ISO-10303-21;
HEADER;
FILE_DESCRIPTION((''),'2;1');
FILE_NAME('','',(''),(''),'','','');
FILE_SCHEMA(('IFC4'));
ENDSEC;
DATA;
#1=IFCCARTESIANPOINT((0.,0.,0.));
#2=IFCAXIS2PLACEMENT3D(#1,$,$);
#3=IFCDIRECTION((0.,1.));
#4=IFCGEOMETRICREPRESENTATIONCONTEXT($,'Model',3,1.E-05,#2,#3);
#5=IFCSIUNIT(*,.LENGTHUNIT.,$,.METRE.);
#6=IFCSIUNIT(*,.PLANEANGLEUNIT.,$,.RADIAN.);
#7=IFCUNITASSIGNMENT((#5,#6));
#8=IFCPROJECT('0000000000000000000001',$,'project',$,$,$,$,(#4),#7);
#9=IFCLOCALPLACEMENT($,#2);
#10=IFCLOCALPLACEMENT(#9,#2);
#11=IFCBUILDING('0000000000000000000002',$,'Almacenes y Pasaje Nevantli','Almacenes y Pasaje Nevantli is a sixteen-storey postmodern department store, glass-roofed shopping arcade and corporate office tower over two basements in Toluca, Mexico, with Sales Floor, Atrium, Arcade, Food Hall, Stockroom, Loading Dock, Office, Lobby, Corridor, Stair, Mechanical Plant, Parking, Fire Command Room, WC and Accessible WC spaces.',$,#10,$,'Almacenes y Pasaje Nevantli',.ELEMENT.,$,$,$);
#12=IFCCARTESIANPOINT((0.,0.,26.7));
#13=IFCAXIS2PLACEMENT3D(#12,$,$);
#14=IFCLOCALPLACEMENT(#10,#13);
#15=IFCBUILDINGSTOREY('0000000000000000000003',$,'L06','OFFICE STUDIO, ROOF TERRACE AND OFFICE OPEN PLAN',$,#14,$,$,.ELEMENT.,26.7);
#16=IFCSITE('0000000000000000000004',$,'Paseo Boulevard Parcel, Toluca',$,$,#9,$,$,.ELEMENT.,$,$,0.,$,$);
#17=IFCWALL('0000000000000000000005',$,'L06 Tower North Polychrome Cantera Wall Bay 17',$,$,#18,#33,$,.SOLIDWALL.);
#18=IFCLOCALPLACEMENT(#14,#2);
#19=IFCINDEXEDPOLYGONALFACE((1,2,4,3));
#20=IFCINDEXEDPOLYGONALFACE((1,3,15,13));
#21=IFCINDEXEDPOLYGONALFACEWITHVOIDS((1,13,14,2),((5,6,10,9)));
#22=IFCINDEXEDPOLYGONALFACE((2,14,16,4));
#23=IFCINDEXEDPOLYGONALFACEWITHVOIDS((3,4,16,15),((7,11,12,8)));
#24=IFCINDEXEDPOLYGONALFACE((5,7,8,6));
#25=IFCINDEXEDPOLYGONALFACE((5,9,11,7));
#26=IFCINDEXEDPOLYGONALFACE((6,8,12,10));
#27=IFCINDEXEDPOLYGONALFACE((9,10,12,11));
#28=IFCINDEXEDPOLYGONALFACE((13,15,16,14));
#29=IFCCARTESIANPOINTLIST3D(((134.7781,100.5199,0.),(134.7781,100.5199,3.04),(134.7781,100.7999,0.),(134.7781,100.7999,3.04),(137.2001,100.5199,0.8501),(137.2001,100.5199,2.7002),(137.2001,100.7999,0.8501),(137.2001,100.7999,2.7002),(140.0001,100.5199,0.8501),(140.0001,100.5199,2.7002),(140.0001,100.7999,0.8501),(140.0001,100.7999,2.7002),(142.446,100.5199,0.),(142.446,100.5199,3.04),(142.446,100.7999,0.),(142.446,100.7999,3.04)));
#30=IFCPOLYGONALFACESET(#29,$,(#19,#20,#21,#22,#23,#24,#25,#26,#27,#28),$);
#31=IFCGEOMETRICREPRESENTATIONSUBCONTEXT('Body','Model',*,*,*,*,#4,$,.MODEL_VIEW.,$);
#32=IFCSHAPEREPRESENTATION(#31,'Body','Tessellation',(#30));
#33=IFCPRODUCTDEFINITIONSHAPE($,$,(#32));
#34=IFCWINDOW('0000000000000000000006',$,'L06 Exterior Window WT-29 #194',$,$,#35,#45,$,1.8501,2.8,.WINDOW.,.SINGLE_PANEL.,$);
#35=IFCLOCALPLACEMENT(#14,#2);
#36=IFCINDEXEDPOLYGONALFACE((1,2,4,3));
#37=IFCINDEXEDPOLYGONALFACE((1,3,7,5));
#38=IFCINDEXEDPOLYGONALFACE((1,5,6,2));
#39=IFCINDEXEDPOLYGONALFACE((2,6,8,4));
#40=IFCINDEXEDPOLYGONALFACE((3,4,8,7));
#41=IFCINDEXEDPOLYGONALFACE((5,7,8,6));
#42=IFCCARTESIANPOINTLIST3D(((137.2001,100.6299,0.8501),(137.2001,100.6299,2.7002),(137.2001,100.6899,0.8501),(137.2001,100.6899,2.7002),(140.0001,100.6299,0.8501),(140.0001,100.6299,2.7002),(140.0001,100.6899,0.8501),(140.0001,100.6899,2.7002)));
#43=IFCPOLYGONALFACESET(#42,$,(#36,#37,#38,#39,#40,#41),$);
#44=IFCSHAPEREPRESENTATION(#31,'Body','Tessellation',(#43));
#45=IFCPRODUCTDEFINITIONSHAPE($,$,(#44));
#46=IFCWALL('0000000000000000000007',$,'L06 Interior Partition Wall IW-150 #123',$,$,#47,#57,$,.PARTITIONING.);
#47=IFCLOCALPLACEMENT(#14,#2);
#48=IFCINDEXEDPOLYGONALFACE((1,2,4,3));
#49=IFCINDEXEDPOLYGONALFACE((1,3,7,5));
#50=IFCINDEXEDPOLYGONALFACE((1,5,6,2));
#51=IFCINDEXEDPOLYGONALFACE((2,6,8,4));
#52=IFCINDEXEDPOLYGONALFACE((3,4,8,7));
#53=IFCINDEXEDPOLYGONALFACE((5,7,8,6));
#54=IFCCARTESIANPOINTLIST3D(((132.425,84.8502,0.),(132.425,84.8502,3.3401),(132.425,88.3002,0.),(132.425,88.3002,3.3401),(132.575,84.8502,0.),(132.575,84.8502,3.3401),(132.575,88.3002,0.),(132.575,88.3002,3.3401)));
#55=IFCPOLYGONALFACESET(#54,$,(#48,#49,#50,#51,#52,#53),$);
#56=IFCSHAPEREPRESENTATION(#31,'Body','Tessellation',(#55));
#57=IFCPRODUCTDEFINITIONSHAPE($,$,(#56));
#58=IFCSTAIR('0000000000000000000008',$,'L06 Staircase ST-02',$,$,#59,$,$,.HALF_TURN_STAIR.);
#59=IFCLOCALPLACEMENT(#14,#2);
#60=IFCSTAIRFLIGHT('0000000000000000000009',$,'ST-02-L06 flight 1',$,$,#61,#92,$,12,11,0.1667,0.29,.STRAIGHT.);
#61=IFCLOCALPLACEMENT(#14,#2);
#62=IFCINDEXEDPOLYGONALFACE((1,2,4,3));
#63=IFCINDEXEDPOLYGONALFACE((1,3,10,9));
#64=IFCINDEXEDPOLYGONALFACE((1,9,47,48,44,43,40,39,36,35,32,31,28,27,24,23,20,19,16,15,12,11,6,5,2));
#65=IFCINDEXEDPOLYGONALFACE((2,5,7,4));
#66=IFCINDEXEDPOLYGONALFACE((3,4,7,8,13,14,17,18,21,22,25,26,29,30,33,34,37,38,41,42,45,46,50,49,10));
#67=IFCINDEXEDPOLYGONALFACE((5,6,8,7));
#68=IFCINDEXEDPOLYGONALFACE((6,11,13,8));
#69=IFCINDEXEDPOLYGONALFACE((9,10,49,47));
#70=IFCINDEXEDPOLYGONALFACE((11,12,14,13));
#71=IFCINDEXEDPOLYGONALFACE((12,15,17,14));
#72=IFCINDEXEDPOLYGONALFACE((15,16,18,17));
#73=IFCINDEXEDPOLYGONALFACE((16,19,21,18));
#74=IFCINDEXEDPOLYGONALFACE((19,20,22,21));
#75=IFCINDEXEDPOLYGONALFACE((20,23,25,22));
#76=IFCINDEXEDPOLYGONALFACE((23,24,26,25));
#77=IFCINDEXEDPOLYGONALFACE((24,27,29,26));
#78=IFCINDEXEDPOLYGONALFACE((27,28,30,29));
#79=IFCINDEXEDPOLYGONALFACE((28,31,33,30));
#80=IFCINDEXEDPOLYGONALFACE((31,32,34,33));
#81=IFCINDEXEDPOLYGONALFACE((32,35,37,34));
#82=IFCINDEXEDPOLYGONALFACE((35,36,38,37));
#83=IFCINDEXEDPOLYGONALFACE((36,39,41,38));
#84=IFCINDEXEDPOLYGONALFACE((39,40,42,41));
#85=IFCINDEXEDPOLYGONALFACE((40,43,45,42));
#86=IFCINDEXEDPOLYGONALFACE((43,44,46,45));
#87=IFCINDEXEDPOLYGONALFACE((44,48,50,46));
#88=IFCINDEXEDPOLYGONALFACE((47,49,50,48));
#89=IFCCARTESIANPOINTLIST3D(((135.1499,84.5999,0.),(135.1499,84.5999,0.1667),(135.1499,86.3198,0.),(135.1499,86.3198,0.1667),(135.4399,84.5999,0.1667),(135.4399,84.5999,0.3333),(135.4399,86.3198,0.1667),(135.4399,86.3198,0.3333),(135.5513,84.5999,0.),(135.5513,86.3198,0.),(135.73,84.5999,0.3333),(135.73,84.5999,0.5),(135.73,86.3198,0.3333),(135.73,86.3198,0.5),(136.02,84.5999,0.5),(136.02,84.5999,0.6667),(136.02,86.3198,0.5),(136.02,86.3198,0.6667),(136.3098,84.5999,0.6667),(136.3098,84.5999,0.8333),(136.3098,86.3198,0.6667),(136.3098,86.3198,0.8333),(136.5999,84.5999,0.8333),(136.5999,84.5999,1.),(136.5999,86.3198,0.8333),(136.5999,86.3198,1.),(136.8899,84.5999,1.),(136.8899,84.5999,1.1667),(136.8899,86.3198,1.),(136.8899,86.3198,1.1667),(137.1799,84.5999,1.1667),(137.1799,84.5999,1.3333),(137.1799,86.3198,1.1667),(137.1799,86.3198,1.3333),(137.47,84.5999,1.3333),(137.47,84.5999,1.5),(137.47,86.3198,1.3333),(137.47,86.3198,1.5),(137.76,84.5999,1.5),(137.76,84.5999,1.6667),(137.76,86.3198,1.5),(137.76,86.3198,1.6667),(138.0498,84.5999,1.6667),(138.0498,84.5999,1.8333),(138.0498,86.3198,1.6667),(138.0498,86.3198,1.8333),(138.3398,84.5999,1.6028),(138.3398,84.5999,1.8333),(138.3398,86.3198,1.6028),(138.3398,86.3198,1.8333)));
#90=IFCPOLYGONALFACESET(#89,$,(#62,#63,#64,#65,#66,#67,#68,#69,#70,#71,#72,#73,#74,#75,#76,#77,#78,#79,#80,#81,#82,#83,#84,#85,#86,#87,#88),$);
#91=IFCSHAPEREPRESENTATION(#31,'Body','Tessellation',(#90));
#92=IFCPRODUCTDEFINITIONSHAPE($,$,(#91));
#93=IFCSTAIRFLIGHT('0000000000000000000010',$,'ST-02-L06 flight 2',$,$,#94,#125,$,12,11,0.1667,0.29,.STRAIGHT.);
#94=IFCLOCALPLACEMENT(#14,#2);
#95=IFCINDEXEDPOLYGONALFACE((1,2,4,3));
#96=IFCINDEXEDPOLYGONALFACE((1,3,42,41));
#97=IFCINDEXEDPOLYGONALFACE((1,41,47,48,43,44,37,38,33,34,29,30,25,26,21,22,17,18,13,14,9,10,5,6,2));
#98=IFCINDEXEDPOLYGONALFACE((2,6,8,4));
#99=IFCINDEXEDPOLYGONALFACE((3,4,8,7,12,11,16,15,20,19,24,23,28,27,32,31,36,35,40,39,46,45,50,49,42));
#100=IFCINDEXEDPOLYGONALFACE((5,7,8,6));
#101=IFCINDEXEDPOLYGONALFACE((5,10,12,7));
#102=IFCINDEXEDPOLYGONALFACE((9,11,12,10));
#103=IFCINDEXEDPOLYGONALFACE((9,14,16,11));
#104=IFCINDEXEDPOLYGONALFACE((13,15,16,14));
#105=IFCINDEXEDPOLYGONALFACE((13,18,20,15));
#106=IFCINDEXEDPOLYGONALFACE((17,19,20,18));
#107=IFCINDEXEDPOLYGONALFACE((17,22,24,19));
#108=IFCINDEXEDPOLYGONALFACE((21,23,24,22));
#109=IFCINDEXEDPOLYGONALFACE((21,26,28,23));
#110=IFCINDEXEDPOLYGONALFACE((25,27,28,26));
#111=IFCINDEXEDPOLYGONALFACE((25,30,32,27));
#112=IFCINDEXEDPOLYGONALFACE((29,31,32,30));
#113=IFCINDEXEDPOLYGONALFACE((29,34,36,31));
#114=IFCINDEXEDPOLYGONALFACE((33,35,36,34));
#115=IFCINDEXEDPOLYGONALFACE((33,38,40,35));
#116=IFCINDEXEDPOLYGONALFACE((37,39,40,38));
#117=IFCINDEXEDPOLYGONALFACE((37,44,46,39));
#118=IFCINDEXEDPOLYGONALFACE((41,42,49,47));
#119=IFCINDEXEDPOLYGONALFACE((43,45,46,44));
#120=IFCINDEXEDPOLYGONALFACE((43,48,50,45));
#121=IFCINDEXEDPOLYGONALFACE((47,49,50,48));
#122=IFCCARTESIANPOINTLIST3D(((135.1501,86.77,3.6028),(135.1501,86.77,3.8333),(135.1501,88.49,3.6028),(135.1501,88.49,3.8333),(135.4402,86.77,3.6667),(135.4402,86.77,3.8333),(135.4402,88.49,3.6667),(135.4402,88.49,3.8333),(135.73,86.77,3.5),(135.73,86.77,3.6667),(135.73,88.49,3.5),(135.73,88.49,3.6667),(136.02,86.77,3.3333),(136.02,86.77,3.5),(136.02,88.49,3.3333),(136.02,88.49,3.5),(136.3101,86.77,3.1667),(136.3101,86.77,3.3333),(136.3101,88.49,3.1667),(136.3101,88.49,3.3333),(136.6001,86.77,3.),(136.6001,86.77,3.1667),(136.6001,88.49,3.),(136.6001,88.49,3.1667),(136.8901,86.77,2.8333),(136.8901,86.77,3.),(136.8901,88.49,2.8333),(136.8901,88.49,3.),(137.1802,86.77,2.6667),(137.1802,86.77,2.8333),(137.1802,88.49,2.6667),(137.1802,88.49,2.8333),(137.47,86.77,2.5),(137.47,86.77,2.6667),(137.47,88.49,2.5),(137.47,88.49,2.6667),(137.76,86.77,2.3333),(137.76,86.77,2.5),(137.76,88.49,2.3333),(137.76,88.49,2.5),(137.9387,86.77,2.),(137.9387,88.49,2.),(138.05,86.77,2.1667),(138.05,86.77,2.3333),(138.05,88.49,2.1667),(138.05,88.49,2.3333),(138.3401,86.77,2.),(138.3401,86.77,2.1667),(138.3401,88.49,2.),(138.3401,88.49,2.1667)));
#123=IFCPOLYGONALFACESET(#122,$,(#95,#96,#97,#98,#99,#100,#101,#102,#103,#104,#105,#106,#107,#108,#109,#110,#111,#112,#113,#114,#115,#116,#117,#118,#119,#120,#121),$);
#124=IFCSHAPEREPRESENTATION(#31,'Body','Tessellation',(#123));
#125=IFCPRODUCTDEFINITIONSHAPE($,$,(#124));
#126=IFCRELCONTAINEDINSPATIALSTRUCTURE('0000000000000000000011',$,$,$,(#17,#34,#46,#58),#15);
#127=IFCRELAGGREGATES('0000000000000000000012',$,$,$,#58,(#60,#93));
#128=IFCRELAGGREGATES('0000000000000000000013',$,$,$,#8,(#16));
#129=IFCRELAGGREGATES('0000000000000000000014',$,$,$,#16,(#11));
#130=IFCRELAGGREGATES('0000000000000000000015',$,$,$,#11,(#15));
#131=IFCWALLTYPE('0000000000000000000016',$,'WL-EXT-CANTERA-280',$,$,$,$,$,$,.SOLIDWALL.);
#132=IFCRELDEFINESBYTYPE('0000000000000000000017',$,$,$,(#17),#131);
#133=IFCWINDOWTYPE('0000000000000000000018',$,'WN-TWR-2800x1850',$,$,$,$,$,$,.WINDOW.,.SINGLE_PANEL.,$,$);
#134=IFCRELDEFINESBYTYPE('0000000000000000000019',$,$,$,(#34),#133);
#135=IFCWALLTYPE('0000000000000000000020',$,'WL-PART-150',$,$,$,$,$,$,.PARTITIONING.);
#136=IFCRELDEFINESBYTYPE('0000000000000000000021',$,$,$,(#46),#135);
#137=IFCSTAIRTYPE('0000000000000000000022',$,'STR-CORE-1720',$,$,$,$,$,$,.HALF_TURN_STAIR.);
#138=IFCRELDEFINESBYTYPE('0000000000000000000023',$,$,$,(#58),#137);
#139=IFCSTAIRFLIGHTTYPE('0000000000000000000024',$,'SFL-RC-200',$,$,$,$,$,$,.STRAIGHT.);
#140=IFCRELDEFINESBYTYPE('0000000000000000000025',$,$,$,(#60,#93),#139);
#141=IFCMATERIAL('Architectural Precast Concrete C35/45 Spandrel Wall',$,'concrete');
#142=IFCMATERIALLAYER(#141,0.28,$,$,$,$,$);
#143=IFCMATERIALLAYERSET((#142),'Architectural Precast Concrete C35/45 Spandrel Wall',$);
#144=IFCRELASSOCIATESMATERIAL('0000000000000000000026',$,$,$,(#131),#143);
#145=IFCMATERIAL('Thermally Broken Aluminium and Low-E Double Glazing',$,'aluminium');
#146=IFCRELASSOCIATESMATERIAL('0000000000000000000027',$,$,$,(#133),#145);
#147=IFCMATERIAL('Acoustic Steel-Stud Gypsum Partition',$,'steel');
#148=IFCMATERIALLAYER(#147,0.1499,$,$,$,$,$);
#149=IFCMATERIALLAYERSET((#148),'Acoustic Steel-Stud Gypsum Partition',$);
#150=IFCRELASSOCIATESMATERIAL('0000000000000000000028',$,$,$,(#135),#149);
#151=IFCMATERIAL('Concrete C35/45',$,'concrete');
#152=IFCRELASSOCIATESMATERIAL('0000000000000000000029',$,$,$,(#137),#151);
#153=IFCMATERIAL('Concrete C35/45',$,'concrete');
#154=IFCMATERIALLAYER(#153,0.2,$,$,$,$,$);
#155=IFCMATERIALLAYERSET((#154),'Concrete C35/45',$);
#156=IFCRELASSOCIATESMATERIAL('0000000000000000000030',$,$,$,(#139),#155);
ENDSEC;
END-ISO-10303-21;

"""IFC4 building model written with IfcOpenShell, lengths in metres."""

from ifc_helpers import new_model, si_unit, direction, frame, frame_2d, origin, place, context, subcontext, project, spatial, polyline, rectangle, outline, extrude, material, layer, layer_set, type_object, element, fill, aggregate, save


model = new_model("IFC4")

# Units and contexts
model_context = context("Model", 3, precision=1e-05, world=origin(), true_north=direction((0.0, 1.0)))
body_context = subcontext(model_context, "Body", "Model", "MODEL_VIEW")
ifc_project = project(units=[si_unit("LENGTHUNIT", "METRE"), si_unit("PLANEANGLEUNIT", "RADIAN")], contexts=[model_context])

# Site, building, storey
site_placement = place(None, origin())
site = spatial("IfcSite", under=ifc_project, at=site_placement, Name="Paseo Boulevard Parcel, Toluca", CompositionType="ELEMENT", RefElevation=0.0)
building_placement = place(site_placement, origin())
building = spatial("IfcBuilding", under=site, at=building_placement, Name="Almacenes y Pasaje Nevantli", Description="Almacenes y Pasaje Nevantli is a sixteen-storey postmodern department store, glass-roofed shopping arcade and corporate office tower over two basements in Toluca, Mexico, with Sales Floor, Atrium, Arcade, Food Hall, Stockroom, Loading Dock, Office, Lobby, Corridor, Stair, Mechanical Plant, Parking, Fire Command Room, WC and Accessible WC spaces.", LongName="Almacenes y Pasaje Nevantli", CompositionType="ELEMENT")
storey_placement = place(building_placement, frame((0.0, 0.0, 26.7)))
storey = spatial("IfcBuildingStorey", under=building, at=storey_placement, Name="L06", Description="OFFICE STUDIO, ROOF TERRACE AND OFFICE OPEN PLAN", CompositionType="ELEMENT", Elevation=26.7)

# Wall, opening, window
ifc_material_1 = material(Name="Architectural Precast Concrete C35/45 Spandrel Wall", Category="concrete")
ifc_layer_1 = layer(ifc_material_1, 0.28)
ifc_layer_set_1 = layer_set([ifc_layer_1], Name="Architectural Precast Concrete C35/45 Spandrel Wall")
wall_type_1 = type_object("IfcWallType", Name="WL-EXT-CANTERA-280", PredefinedType="SOLIDWALL", material=ifc_layer_set_1)
wall_1_placement = place(storey_placement, frame((134.7781, 100.6599, 0.0), z_axis=(0.0, 0.0, 1.0), x_axis=(1.0, 0.0, 0.0)))
wall_1 = element("IfcWall", 1, at=wall_1_placement, inside=storey, type_object=wall_type_1, Name="L06 Tower North Polychrome Cantera Wall Bay 17", PredefinedType="SOLIDWALL", context=body_context, shape_type="SweptSolid", body=[
    extrude(rectangle(XDim=7.668, YDim=0.28, at=frame_2d((3.834, 0.0))), origin(), (0.0, 0.0, 1.0), 3.04),
])
opening_1_placement = place(wall_1_placement, frame((2.4221, 0.0, 0.8501)))
opening_1 = element("IfcOpeningElement", 2, at=opening_1_placement, cuts=wall_1, PredefinedType="OPENING", context=body_context, shape_type="SweptSolid", body=[
    extrude(rectangle(XDim=2.8, YDim=1.8501, at=frame_2d((1.3999, 0.925))), frame((0.0, 0.1499, 0.0), z_axis=(0.0, -1.0, 0.0), x_axis=(1.0, 0.0, 0.0)), (0.0, 0.0, 1.0), 0.3),
])
ifc_material_2 = material(Name="Thermally Broken Aluminium and Low-E Double Glazing", Category="aluminium")
window_type = type_object("IfcWindowType", Name="WN-TWR-2800x1850", PartitioningType="SINGLE_PANEL", PredefinedType="WINDOW", material=ifc_material_2)
window_placement = place(opening_1_placement, origin())
window = element("IfcWindow", 3, at=window_placement, inside=storey, type_object=window_type, Name="L06 Exterior Window WT-29 #194", OverallHeight=1.8501, OverallWidth=2.8, PartitioningType="SINGLE_PANEL", PredefinedType="WINDOW", context=body_context, shape_type="SweptSolid", body=[
    extrude(rectangle(XDim=2.8, YDim=1.8501, at=frame_2d((1.3999, 0.925))), frame((0.0, 0.03, 0.0), z_axis=(0.0, -1.0, 0.0), x_axis=(1.0, 0.0, 0.0)), (0.0, 0.0, 1.0), 0.0601),
])
fill(opening_1, window)

# Wall
ifc_material_3 = material(Name="Acoustic Steel-Stud Gypsum Partition", Category="steel")
ifc_layer_2 = layer(ifc_material_3, 0.1499)
ifc_layer_set_2 = layer_set([ifc_layer_2], Name="Acoustic Steel-Stud Gypsum Partition")
wall_type_2 = type_object("IfcWallType", Name="WL-PART-150", PredefinedType="PARTITIONING", material=ifc_layer_set_2)
wall_2_placement = place(storey_placement, frame((132.5, 84.8501, 0.0), z_axis=(0.0, 0.0, 1.0), x_axis=(0.0, 1.0, 0.0)))
element("IfcWall", 4, at=wall_2_placement, inside=storey, type_object=wall_type_2, Name="L06 Interior Partition Wall IW-150 #123", PredefinedType="PARTITIONING", context=body_context, shape_type="SweptSolid", body=[
    extrude(rectangle(XDim=3.45, YDim=0.1499, at=frame_2d((1.7251, 0.0))), origin(), (0.0, 0.0, 1.0), 3.3401),
])

# Stair, stair flights
ifc_material_4 = material(Name="Concrete C35/45", Category="concrete")
stair_type = type_object("IfcStairType", Name="STR-CORE-1720", PredefinedType="HALF_TURN_STAIR", material=ifc_material_4)
stair_placement = place(storey_placement, origin())
stair = element("IfcStair", 5, at=stair_placement, inside=storey, type_object=stair_type, Name="L06 Staircase ST-02", PredefinedType="HALF_TURN_STAIR")
ifc_material_5 = material(Name="Concrete C35/45", Category="concrete")
ifc_layer_3 = layer(ifc_material_5, 0.2)
ifc_layer_set_3 = layer_set([ifc_layer_3], Name="Concrete C35/45")
stair_flight_type = type_object("IfcStairFlightType", Name="SFL-RC-200", PredefinedType="STRAIGHT", material=ifc_layer_set_3)
stair_flight_1_placement = place(storey_placement, frame((135.1499, 85.46, 0.0), z_axis=(0.0, 0.0, 1.0), x_axis=(1.0, 0.0, 0.0)))
stair_flight_1 = element("IfcStairFlight", 6, at=stair_flight_1_placement, type_object=stair_flight_type, Name="ST-02-L06 flight 1", NumberOfRisers=12, NumberOfTreads=11, PredefinedType="STRAIGHT", RiserHeight=0.1667, TreadLength=0.29, context=body_context, shape_type="SweptSolid", body=[
    extrude(outline(polyline([(0.0, 0.0), (0.0, 0.1667), (0.29, 0.1667), (0.29, 0.3333), (0.5801, 0.3333), (0.5801, 0.5), (0.8701, 0.5), (0.8701, 0.6667), (1.1599, 0.6667), (1.1599, 0.8333), (1.45, 0.8333), (1.45, 1.0), (1.74, 1.0), (1.74, 1.1667), (2.03, 1.1667), (2.03, 1.3333), (2.3201, 1.3333), (2.3201, 1.5), (2.6101, 1.5), (2.6101, 1.6667), (2.8999, 1.6667), (2.8999, 1.8333), (3.1899, 1.8333), (3.1899, 2.0), (3.1899, 1.6028), (0.4014, 0.0), (0.0, 0.0)])), frame((0.0, 0.8599, 0.0), z_axis=(0.0, -1.0, 0.0), x_axis=(1.0, 0.0, 0.0)), (0.0, 0.0, 1.0), 1.72),
])
stair_flight_2_placement = place(storey_placement, frame((138.3401, 87.6299, 2.0), z_axis=(0.0, 0.0, 1.0), x_axis=(-1.0, 0.0, 0.0)))
stair_flight_2 = element("IfcStairFlight", 7, at=stair_flight_2_placement, type_object=stair_flight_type, Name="ST-02-L06 flight 2", NumberOfRisers=12, NumberOfTreads=11, PredefinedType="STRAIGHT", RiserHeight=0.1667, TreadLength=0.29, context=body_context, shape_type="SweptSolid", body=[
    extrude(outline(polyline([(0.0, 0.0), (0.0, 0.1667), (0.29, 0.1667), (0.29, 0.3333), (0.5801, 0.3333), (0.5801, 0.5), (0.8701, 0.5), (0.8701, 0.6667), (1.1599, 0.6667), (1.1599, 0.8333), (1.45, 0.8333), (1.45, 1.0), (1.74, 1.0), (1.74, 1.1667), (2.03, 1.1667), (2.03, 1.3333), (2.3201, 1.3333), (2.3201, 1.5), (2.6101, 1.5), (2.6101, 1.6667), (2.8999, 1.6667), (2.8999, 1.8333), (3.1899, 1.8333), (3.1899, 2.0), (3.1899, 1.6028), (0.4014, 0.0), (0.0, 0.0)])), frame((0.0, 0.8599, 0.0), z_axis=(0.0, -1.0, 0.0), x_axis=(1.0, 0.0, 0.0)), (0.0, 0.0, 1.0), 1.72),
])
aggregate(stair, [stair_flight_1, stair_flight_2])

save(model, "model.ifc")
